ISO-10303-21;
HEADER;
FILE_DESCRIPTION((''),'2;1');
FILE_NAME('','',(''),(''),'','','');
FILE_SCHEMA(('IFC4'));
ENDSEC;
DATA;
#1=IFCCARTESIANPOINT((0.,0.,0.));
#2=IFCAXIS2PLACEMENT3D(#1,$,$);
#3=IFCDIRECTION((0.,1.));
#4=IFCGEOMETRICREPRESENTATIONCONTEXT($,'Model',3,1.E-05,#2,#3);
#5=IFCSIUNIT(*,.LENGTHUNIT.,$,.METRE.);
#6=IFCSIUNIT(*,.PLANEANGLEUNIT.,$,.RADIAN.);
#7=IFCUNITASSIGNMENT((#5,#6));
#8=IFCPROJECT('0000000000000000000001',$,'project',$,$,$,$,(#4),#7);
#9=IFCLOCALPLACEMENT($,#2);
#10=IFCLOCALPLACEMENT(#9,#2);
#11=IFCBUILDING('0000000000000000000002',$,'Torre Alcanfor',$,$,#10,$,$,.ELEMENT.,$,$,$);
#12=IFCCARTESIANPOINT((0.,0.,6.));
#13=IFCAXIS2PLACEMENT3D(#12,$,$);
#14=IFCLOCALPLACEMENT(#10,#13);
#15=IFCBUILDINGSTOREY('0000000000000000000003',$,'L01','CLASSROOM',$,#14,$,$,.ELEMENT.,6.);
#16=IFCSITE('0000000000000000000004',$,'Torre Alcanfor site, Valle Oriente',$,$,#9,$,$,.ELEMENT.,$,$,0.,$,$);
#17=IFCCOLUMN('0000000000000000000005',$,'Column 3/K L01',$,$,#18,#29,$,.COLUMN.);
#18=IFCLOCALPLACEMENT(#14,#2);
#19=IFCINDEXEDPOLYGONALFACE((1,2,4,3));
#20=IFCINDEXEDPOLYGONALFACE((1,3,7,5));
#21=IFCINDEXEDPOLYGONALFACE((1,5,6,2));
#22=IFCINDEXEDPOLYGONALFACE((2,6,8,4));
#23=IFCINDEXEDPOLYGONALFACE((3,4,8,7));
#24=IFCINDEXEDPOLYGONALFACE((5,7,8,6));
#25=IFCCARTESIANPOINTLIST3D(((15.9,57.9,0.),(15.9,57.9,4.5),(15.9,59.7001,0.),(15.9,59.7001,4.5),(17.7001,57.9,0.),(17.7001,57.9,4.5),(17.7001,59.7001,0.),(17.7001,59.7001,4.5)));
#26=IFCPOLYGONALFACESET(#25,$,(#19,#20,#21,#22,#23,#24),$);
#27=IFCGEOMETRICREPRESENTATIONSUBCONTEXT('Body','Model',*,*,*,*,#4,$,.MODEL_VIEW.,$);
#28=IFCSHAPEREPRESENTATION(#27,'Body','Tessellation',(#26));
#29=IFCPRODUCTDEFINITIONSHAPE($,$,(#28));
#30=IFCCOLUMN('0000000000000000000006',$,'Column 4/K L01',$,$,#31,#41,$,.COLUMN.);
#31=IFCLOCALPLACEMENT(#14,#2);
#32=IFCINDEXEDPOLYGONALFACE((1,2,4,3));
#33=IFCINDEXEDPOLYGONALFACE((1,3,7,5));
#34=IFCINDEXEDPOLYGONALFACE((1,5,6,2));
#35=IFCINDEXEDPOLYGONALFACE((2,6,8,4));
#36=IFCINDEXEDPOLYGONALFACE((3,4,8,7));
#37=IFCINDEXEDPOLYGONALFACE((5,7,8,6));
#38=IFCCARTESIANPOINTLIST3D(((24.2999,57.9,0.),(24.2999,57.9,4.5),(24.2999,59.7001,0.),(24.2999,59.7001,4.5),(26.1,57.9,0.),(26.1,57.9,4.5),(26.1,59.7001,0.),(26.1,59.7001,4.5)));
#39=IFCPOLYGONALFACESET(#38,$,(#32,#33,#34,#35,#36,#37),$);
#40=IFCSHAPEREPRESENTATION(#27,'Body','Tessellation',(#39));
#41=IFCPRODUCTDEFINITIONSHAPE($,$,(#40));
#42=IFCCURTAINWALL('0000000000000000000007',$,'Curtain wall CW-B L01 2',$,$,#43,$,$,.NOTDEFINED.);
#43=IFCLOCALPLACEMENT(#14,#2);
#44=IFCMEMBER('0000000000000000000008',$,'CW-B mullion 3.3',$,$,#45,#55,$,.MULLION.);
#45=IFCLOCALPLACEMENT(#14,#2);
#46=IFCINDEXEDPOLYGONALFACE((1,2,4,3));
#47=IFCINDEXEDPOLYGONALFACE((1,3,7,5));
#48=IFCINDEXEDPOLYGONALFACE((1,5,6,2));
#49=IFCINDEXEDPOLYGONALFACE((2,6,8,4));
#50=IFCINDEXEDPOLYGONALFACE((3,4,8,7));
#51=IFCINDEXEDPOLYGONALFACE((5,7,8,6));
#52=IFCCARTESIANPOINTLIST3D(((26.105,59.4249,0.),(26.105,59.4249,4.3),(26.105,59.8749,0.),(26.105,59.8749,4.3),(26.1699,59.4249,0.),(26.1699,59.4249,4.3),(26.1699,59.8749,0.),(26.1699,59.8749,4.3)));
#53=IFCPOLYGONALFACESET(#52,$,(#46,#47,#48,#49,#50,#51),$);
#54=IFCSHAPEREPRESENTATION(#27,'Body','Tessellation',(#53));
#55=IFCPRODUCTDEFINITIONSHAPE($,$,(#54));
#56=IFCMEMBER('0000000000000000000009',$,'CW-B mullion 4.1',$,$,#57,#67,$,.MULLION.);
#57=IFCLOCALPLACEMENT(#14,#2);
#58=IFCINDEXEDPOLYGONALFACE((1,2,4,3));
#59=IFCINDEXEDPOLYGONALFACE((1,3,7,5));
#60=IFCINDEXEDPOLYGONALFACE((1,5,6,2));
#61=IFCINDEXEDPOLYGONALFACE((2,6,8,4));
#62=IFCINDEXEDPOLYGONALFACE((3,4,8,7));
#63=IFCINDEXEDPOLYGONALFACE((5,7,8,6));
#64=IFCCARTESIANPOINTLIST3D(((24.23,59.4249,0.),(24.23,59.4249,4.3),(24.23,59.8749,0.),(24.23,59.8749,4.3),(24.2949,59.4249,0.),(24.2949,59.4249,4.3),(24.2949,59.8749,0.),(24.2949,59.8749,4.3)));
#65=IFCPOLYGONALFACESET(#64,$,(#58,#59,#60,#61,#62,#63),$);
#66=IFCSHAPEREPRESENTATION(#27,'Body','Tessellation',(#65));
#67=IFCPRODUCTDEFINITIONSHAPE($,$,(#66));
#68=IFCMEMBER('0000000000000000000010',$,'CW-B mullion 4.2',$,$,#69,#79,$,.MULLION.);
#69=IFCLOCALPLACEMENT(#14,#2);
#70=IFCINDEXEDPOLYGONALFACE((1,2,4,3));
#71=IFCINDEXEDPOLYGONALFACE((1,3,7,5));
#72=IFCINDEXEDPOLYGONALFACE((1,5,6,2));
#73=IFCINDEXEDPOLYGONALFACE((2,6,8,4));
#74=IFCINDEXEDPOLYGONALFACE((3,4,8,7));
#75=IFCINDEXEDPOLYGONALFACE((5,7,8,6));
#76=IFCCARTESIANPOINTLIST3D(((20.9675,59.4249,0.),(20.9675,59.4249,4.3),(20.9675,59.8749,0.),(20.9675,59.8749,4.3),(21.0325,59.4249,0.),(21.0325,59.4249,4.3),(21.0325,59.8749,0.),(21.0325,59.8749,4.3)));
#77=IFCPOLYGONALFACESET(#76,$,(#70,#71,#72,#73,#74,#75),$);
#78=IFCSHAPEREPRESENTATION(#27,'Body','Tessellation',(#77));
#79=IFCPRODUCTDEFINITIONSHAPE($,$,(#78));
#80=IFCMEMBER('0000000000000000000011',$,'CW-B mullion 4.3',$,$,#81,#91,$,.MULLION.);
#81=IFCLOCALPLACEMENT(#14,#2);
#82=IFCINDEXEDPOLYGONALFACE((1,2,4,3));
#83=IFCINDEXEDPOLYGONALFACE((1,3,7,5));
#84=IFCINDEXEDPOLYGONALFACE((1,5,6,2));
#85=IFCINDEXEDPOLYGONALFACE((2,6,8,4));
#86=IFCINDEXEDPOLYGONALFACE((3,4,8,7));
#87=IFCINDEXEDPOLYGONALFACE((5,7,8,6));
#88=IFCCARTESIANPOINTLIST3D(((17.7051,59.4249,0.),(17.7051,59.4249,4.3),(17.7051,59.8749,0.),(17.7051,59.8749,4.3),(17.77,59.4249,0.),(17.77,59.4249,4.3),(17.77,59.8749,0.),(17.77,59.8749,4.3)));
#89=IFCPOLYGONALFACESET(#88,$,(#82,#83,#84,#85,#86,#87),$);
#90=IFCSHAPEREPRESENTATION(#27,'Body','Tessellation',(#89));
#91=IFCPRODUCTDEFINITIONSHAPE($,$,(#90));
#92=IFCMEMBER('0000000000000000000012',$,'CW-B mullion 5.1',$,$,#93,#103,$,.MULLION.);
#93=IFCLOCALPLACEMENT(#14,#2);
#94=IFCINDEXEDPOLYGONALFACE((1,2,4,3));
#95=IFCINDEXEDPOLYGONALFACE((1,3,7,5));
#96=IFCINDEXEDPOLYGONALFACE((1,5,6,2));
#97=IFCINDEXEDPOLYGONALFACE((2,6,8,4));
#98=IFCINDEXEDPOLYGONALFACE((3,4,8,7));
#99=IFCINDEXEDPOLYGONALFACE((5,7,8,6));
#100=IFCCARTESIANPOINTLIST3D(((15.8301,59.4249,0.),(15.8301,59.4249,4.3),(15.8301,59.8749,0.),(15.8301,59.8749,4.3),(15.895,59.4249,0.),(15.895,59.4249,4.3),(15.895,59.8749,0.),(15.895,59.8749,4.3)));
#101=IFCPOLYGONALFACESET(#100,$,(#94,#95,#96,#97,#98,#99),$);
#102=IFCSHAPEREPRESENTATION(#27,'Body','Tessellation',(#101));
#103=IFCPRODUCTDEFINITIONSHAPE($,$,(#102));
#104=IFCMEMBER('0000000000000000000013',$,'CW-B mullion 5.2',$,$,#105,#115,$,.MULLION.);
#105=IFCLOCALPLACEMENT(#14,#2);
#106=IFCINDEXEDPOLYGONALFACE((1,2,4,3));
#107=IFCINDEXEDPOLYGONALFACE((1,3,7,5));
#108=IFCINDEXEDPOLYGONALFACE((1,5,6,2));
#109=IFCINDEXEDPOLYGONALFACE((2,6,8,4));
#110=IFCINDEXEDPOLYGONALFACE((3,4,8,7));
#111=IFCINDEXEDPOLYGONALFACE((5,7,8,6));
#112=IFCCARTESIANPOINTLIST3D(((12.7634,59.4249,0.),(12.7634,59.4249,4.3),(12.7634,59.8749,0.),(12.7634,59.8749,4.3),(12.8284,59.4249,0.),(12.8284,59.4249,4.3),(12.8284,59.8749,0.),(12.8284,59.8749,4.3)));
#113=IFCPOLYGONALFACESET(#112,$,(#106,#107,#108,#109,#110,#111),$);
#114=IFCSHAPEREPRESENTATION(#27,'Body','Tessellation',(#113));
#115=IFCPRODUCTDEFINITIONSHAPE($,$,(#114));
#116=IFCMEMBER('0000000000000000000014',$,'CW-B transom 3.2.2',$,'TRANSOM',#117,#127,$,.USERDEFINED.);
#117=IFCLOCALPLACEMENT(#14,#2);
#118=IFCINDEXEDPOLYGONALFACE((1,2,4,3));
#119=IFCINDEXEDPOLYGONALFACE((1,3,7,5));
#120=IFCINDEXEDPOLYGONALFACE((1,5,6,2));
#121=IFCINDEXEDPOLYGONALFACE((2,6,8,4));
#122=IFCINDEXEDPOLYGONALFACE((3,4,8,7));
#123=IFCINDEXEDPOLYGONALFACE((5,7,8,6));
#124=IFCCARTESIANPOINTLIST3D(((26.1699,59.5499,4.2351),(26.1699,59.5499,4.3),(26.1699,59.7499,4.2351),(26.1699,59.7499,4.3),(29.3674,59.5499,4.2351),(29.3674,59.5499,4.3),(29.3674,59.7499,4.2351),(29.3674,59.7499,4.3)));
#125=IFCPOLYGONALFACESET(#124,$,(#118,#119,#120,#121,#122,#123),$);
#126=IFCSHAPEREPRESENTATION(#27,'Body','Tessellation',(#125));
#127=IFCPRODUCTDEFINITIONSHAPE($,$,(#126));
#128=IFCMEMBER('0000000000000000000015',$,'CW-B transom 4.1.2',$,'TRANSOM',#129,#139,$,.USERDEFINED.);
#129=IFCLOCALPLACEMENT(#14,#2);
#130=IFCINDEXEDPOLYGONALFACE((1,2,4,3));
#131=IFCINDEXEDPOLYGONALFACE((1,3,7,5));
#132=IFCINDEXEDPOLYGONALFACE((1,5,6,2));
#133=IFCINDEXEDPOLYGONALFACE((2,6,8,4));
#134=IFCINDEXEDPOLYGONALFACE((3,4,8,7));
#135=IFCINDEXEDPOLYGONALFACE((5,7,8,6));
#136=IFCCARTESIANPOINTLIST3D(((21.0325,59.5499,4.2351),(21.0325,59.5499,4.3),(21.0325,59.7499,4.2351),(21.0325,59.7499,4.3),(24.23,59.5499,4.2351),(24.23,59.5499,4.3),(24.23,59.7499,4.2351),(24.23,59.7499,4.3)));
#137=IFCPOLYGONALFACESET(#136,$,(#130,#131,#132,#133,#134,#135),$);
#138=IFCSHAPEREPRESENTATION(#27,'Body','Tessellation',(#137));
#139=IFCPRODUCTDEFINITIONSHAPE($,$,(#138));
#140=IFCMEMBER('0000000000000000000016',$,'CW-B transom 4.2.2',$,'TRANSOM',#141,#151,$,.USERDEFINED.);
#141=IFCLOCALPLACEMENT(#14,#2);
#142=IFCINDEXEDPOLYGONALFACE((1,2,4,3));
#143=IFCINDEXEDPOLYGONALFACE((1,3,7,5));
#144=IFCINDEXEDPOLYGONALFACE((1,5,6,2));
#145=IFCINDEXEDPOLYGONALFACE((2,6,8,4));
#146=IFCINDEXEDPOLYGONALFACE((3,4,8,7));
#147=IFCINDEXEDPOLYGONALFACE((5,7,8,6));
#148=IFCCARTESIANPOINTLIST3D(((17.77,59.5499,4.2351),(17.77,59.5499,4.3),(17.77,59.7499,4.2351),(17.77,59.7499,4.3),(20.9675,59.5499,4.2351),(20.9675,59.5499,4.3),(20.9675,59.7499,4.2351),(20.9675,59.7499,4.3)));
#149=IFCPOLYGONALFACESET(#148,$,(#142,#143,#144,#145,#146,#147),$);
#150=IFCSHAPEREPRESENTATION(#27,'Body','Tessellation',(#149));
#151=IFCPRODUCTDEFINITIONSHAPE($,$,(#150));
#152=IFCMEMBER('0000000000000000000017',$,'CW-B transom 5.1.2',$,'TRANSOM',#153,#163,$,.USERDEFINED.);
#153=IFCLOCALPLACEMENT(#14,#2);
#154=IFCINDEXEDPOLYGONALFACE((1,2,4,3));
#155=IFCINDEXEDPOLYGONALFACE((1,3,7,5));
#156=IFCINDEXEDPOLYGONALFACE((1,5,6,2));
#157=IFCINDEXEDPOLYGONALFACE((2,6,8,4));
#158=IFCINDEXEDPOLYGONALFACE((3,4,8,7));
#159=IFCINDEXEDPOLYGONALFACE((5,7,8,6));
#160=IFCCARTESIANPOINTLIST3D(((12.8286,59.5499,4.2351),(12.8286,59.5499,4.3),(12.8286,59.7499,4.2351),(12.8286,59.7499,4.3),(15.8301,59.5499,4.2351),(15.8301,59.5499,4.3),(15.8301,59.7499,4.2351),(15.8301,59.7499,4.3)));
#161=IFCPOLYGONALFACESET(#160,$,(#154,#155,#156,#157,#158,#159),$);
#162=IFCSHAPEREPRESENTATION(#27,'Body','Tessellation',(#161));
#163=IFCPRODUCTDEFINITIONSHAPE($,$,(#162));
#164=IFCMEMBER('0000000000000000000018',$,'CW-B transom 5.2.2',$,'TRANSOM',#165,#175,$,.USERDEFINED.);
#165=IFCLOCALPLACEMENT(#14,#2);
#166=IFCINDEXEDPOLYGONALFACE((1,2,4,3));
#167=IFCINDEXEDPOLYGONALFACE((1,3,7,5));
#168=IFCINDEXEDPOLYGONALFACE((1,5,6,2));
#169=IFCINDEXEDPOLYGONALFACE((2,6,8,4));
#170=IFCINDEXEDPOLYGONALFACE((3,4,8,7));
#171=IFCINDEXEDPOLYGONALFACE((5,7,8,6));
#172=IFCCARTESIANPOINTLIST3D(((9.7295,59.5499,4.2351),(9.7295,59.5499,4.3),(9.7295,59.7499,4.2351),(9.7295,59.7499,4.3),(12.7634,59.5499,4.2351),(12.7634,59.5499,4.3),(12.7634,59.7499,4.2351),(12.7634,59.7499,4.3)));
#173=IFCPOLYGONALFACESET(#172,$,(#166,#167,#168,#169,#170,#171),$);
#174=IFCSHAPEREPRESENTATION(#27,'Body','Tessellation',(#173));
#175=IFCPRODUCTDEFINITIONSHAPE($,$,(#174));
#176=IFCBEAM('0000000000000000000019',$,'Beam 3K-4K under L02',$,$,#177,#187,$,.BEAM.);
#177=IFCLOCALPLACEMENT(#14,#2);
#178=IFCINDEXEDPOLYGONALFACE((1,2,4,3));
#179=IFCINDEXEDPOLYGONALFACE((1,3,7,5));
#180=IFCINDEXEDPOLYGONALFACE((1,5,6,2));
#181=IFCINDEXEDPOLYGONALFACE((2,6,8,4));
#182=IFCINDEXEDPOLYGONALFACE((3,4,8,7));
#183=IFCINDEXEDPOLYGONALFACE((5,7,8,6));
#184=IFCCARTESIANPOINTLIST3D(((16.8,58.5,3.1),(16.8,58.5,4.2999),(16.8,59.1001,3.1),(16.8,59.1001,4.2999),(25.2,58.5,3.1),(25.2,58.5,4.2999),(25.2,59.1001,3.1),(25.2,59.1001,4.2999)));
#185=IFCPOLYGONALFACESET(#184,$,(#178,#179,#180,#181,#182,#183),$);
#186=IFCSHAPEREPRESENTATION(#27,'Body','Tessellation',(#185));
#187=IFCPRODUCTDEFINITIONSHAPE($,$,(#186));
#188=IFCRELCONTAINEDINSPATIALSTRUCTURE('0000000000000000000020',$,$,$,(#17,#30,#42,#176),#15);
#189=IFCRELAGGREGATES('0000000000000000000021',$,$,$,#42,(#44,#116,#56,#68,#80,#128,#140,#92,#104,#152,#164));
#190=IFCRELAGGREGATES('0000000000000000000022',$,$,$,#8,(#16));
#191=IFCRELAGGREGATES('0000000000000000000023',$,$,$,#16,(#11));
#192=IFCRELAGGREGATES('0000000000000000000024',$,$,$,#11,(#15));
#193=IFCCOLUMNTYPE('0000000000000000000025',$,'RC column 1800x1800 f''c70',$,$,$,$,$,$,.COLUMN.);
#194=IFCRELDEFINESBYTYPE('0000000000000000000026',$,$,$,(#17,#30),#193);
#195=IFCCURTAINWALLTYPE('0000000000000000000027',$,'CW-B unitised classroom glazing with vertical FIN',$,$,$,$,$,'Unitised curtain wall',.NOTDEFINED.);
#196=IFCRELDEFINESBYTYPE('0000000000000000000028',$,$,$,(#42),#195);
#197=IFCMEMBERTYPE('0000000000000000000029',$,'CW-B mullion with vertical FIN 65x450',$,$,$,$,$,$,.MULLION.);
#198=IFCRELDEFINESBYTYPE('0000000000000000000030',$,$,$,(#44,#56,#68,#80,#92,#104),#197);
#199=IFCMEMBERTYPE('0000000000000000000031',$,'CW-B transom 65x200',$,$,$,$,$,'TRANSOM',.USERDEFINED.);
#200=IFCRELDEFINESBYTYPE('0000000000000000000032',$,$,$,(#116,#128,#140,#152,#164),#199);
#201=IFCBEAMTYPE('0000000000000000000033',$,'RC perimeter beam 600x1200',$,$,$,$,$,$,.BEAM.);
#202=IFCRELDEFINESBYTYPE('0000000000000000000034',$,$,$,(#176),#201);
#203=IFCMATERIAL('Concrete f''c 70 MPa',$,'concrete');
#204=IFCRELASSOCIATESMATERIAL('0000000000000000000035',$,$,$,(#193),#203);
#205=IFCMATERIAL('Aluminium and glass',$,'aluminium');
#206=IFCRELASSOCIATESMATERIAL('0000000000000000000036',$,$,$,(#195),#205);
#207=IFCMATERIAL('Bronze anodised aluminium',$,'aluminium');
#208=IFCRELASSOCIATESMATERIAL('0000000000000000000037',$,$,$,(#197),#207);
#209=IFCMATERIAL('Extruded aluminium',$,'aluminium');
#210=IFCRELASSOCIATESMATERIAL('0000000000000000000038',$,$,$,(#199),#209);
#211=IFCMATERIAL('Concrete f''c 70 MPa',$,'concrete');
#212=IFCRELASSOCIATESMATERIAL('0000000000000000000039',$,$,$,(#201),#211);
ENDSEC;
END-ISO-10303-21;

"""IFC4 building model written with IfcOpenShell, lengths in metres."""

from ifc_helpers import new_model, si_unit, direction, frame, origin, origin_2d, place, context, subcontext, project, spatial, rectangle, extrude, material, material_profile, profile_set, type_object, element, aggregate, save


model = new_model("IFC4")

# Units and contexts
model_context = context("Model", 3, precision=1e-05, world=origin(), true_north=direction((0.0, 1.0)))
body_context = subcontext(model_context, "Body", "Model", "MODEL_VIEW")
ifc_project = project(units=[si_unit("LENGTHUNIT", "METRE"), si_unit("PLANEANGLEUNIT", "RADIAN")], contexts=[model_context])

# Site, building, storey
site_placement = place(None, origin())
site = spatial("IfcSite", under=ifc_project, at=site_placement, Name="Torre Alcanfor site, Valle Oriente", CompositionType="ELEMENT", RefElevation=0.0)
building_placement = place(site_placement, origin())
building = spatial("IfcBuilding", under=site, at=building_placement, Name="Torre Alcanfor", CompositionType="ELEMENT")
storey_placement = place(building_placement, frame((0.0, 0.0, 6.0)))
storey = spatial("IfcBuildingStorey", under=building, at=storey_placement, Name="L01", Description="CLASSROOM", CompositionType="ELEMENT", Elevation=6.0)

# Columns
ifc_material_1 = material(Name="Concrete f'c 70 MPa", Category="concrete")
ifc_material_profile_1 = material_profile(ifc_material_1, rectangle(XDim=1.8, YDim=1.8, at=origin_2d()), Name="1800x1800")
ifc_profile_set_1 = profile_set([ifc_material_profile_1], Name="Concrete f'c 70 MPa")
column_type = type_object("IfcColumnType", Name="RC column 1800x1800 f'c70", PredefinedType="COLUMN", material=ifc_profile_set_1)
for number, where, z_axis, x_axis, name in (
    (1, (16.8, 58.8, 0.0), (0.0, 0.0, 1.0), (1.0, 0.0, 0.0), "Column 3/K L01"),
    (2, (25.2, 58.8, 0.0), (0.0, 0.0, 1.0), (1.0, 0.0, 0.0), "Column 4/K L01"),
):
    element("IfcColumn", number, at=place(storey_placement, frame(where, z_axis=z_axis, x_axis=x_axis)), inside=storey, type_object=column_type, Name=name, PredefinedType="COLUMN", context=body_context, shape_type="SweptSolid", body=[
        extrude(rectangle(XDim=1.8, YDim=1.8, at=origin_2d()), origin(), (0.0, 0.0, 1.0), 4.5),
    ])

# Curtain wall, members
ifc_material_2 = material(Name="Aluminium and glass", Category="aluminium")
curtain_wall_type = type_object("IfcCurtainWallType", Name="CW-B unitised classroom glazing with vertical FIN", ElementType="Unitised curtain wall", PredefinedType="NOTDEFINED", material=ifc_material_2)
curtain_wall_placement = place(storey_placement, origin())
curtain_wall = element("IfcCurtainWall", 3, at=curtain_wall_placement, inside=storey, type_object=curtain_wall_type, Name="Curtain wall CW-B L01 2", PredefinedType="NOTDEFINED")
ifc_material_3 = material(Name="Bronze anodised aluminium", Category="aluminium")
ifc_material_profile_2 = material_profile(ifc_material_3, rectangle(XDim=0.45, YDim=0.0649, at=origin_2d()), Name="CW-B mullion 65x450")
ifc_profile_set_2 = profile_set([ifc_material_profile_2], Name="Bronze anodised aluminium")
member_type_1 = type_object("IfcMemberType", Name="CW-B mullion with vertical FIN 65x450", PredefinedType="MULLION", material=ifc_profile_set_2)
member_1_placement = place(storey_placement, frame((26.1375, 59.6499, 0.0), z_axis=(0.0, 0.0, 1.0), x_axis=(0.0, -1.0, 0.0)))
member_1 = element("IfcMember", 4, at=member_1_placement, type_object=member_type_1, Name="CW-B mullion 3.3", PredefinedType="MULLION", context=body_context, shape_type="SweptSolid", body=[
    extrude(rectangle(XDim=0.45, YDim=0.0649, at=origin_2d()), origin(), (0.0, 0.0, 1.0), 4.3),
])
member_2_placement = place(storey_placement, frame((24.2625, 59.6499, 0.0), z_axis=(0.0, 0.0, 1.0), x_axis=(0.0, -1.0, 0.0)))
member_2 = element("IfcMember", 5, at=member_2_placement, type_object=member_type_1, Name="CW-B mullion 4.1", PredefinedType="MULLION", context=body_context, shape_type="SweptSolid", body=[
    extrude(rectangle(XDim=0.45, YDim=0.0649, at=origin_2d()), origin(), (0.0, 0.0, 1.0), 4.3),
])
member_3_placement = place(storey_placement, frame((21.0, 59.6499, 0.0), z_axis=(0.0, 0.0, 1.0), x_axis=(0.0, -1.0, 0.0)))
member_3 = element("IfcMember", 6, at=member_3_placement, type_object=member_type_1, Name="CW-B mullion 4.2", PredefinedType="MULLION", context=body_context, shape_type="SweptSolid", body=[
    extrude(rectangle(XDim=0.45, YDim=0.0649, at=origin_2d()), origin(), (0.0, 0.0, 1.0), 4.3),
])
member_4_placement = place(storey_placement, frame((17.7375, 59.6499, 0.0), z_axis=(0.0, 0.0, 1.0), x_axis=(0.0, -1.0, 0.0)))
member_4 = element("IfcMember", 7, at=member_4_placement, type_object=member_type_1, Name="CW-B mullion 4.3", PredefinedType="MULLION", context=body_context, shape_type="SweptSolid", body=[
    extrude(rectangle(XDim=0.45, YDim=0.0649, at=origin_2d()), origin(), (0.0, 0.0, 1.0), 4.3),
])
member_5_placement = place(storey_placement, frame((15.8625, 59.6499, 0.0), z_axis=(0.0, 0.0, 1.0), x_axis=(0.0, -1.0, 0.0)))
member_5 = element("IfcMember", 8, at=member_5_placement, type_object=member_type_1, Name="CW-B mullion 5.1", PredefinedType="MULLION", context=body_context, shape_type="SweptSolid", body=[
    extrude(rectangle(XDim=0.45, YDim=0.0649, at=origin_2d()), origin(), (0.0, 0.0, 1.0), 4.3),
])
member_6_placement = place(storey_placement, frame((12.7959, 59.6499, 0.0), z_axis=(0.0, 0.0, 1.0), x_axis=(0.0, -1.0, 0.0)))
member_6 = element("IfcMember", 9, at=member_6_placement, type_object=member_type_1, Name="CW-B mullion 5.2", PredefinedType="MULLION", context=body_context, shape_type="SweptSolid", body=[
    extrude(rectangle(XDim=0.45, YDim=0.0649, at=origin_2d()), origin(), (0.0, 0.0, 1.0), 4.3),
])
ifc_material_4 = material(Name="Extruded aluminium", Category="aluminium")
ifc_material_profile_3 = material_profile(ifc_material_4, rectangle(XDim=0.2, YDim=0.0649, at=origin_2d()), Name="CW-B transom 200x65")
ifc_profile_set_3 = profile_set([ifc_material_profile_3], Name="Extruded aluminium")
member_type_2 = type_object("IfcMemberType", Name="CW-B transom 65x200", ElementType="TRANSOM", PredefinedType="USERDEFINED", material=ifc_profile_set_3)
member_7_placement = place(storey_placement, frame((29.3674, 59.6499, 4.2676), z_axis=(-1.0, 0.0, 0.0), x_axis=(0.0, -1.0, 0.0)))
member_7 = element("IfcMember", 10, at=member_7_placement, type_object=member_type_2, Name="CW-B transom 3.2.2", ObjectType="TRANSOM", PredefinedType="USERDEFINED", context=body_context, shape_type="SweptSolid", body=[
    extrude(rectangle(XDim=0.2, YDim=0.0649, at=origin_2d()), origin(), (0.0, 0.0, 1.0), 3.1975),
])
member_8_placement = place(storey_placement, frame((24.23, 59.6499, 4.2676), z_axis=(-1.0, 0.0, 0.0), x_axis=(0.0, -1.0, 0.0)))
member_8 = element("IfcMember", 11, at=member_8_placement, type_object=member_type_2, Name="CW-B transom 4.1.2", ObjectType="TRANSOM", PredefinedType="USERDEFINED", context=body_context, shape_type="SweptSolid", body=[
    extrude(rectangle(XDim=0.2, YDim=0.0649, at=origin_2d()), origin(), (0.0, 0.0, 1.0), 3.1975),
])
member_9_placement = place(storey_placement, frame((20.9675, 59.6499, 4.2676), z_axis=(-1.0, 0.0, 0.0), x_axis=(0.0, -1.0, 0.0)))
member_9 = element("IfcMember", 12, at=member_9_placement, type_object=member_type_2, Name="CW-B transom 4.2.2", ObjectType="TRANSOM", PredefinedType="USERDEFINED", context=body_context, shape_type="SweptSolid", body=[
    extrude(rectangle(XDim=0.2, YDim=0.0649, at=origin_2d()), origin(), (0.0, 0.0, 1.0), 3.1975),
])
member_10_placement = place(storey_placement, frame((15.8301, 59.6499, 4.2676), z_axis=(-1.0, 0.0, 0.0), x_axis=(0.0, -1.0, 0.0)))
member_10 = element("IfcMember", 13, at=member_10_placement, type_object=member_type_2, Name="CW-B transom 5.1.2", ObjectType="TRANSOM", PredefinedType="USERDEFINED", context=body_context, shape_type="SweptSolid", body=[
    extrude(rectangle(XDim=0.2, YDim=0.0649, at=origin_2d()), origin(), (0.0, 0.0, 1.0), 3.0015),
])
member_11_placement = place(storey_placement, frame((12.7634, 59.6499, 4.2676), z_axis=(-1.0, 0.0, 0.0), x_axis=(0.0, -1.0, 0.0)))
member_11 = element("IfcMember", 14, at=member_11_placement, type_object=member_type_2, Name="CW-B transom 5.2.2", ObjectType="TRANSOM", PredefinedType="USERDEFINED", context=body_context, shape_type="SweptSolid", body=[
    extrude(rectangle(XDim=0.2, YDim=0.0649, at=origin_2d()), origin(), (0.0, 0.0, 1.0), 3.0339),
])

# Beam
ifc_material_5 = material(Name="Concrete f'c 70 MPa", Category="concrete")
ifc_material_profile_4 = material_profile(ifc_material_5, rectangle(XDim=0.6001, YDim=1.2, at=origin_2d()), Name="600x1200")
ifc_profile_set_4 = profile_set([ifc_material_profile_4], Name="Concrete f'c 70 MPa")
beam_type_1 = type_object("IfcBeamType", Name="RC perimeter beam 600x1200", PredefinedType="BEAM", material=ifc_profile_set_4)
beam_1_placement = place(storey_placement, frame((16.8, 58.8, 3.7), z_axis=(1.0, 0.0, 0.0), x_axis=(0.0, 1.0, 0.0)))
element("IfcBeam", 15, at=beam_1_placement, inside=storey, type_object=beam_type_1, Name="Beam 3K-4K under L02", PredefinedType="BEAM", context=body_context, shape_type="SweptSolid", body=[
    extrude(rectangle(XDim=0.6001, YDim=1.2, at=origin_2d()), origin(), (0.0, 0.0, 1.0), 8.3999),
])

aggregate(curtain_wall, [member_1, member_7, member_2, member_3, member_4, member_8, member_9, member_5, member_6, member_10, member_11])

save(model, "model.ifc")
